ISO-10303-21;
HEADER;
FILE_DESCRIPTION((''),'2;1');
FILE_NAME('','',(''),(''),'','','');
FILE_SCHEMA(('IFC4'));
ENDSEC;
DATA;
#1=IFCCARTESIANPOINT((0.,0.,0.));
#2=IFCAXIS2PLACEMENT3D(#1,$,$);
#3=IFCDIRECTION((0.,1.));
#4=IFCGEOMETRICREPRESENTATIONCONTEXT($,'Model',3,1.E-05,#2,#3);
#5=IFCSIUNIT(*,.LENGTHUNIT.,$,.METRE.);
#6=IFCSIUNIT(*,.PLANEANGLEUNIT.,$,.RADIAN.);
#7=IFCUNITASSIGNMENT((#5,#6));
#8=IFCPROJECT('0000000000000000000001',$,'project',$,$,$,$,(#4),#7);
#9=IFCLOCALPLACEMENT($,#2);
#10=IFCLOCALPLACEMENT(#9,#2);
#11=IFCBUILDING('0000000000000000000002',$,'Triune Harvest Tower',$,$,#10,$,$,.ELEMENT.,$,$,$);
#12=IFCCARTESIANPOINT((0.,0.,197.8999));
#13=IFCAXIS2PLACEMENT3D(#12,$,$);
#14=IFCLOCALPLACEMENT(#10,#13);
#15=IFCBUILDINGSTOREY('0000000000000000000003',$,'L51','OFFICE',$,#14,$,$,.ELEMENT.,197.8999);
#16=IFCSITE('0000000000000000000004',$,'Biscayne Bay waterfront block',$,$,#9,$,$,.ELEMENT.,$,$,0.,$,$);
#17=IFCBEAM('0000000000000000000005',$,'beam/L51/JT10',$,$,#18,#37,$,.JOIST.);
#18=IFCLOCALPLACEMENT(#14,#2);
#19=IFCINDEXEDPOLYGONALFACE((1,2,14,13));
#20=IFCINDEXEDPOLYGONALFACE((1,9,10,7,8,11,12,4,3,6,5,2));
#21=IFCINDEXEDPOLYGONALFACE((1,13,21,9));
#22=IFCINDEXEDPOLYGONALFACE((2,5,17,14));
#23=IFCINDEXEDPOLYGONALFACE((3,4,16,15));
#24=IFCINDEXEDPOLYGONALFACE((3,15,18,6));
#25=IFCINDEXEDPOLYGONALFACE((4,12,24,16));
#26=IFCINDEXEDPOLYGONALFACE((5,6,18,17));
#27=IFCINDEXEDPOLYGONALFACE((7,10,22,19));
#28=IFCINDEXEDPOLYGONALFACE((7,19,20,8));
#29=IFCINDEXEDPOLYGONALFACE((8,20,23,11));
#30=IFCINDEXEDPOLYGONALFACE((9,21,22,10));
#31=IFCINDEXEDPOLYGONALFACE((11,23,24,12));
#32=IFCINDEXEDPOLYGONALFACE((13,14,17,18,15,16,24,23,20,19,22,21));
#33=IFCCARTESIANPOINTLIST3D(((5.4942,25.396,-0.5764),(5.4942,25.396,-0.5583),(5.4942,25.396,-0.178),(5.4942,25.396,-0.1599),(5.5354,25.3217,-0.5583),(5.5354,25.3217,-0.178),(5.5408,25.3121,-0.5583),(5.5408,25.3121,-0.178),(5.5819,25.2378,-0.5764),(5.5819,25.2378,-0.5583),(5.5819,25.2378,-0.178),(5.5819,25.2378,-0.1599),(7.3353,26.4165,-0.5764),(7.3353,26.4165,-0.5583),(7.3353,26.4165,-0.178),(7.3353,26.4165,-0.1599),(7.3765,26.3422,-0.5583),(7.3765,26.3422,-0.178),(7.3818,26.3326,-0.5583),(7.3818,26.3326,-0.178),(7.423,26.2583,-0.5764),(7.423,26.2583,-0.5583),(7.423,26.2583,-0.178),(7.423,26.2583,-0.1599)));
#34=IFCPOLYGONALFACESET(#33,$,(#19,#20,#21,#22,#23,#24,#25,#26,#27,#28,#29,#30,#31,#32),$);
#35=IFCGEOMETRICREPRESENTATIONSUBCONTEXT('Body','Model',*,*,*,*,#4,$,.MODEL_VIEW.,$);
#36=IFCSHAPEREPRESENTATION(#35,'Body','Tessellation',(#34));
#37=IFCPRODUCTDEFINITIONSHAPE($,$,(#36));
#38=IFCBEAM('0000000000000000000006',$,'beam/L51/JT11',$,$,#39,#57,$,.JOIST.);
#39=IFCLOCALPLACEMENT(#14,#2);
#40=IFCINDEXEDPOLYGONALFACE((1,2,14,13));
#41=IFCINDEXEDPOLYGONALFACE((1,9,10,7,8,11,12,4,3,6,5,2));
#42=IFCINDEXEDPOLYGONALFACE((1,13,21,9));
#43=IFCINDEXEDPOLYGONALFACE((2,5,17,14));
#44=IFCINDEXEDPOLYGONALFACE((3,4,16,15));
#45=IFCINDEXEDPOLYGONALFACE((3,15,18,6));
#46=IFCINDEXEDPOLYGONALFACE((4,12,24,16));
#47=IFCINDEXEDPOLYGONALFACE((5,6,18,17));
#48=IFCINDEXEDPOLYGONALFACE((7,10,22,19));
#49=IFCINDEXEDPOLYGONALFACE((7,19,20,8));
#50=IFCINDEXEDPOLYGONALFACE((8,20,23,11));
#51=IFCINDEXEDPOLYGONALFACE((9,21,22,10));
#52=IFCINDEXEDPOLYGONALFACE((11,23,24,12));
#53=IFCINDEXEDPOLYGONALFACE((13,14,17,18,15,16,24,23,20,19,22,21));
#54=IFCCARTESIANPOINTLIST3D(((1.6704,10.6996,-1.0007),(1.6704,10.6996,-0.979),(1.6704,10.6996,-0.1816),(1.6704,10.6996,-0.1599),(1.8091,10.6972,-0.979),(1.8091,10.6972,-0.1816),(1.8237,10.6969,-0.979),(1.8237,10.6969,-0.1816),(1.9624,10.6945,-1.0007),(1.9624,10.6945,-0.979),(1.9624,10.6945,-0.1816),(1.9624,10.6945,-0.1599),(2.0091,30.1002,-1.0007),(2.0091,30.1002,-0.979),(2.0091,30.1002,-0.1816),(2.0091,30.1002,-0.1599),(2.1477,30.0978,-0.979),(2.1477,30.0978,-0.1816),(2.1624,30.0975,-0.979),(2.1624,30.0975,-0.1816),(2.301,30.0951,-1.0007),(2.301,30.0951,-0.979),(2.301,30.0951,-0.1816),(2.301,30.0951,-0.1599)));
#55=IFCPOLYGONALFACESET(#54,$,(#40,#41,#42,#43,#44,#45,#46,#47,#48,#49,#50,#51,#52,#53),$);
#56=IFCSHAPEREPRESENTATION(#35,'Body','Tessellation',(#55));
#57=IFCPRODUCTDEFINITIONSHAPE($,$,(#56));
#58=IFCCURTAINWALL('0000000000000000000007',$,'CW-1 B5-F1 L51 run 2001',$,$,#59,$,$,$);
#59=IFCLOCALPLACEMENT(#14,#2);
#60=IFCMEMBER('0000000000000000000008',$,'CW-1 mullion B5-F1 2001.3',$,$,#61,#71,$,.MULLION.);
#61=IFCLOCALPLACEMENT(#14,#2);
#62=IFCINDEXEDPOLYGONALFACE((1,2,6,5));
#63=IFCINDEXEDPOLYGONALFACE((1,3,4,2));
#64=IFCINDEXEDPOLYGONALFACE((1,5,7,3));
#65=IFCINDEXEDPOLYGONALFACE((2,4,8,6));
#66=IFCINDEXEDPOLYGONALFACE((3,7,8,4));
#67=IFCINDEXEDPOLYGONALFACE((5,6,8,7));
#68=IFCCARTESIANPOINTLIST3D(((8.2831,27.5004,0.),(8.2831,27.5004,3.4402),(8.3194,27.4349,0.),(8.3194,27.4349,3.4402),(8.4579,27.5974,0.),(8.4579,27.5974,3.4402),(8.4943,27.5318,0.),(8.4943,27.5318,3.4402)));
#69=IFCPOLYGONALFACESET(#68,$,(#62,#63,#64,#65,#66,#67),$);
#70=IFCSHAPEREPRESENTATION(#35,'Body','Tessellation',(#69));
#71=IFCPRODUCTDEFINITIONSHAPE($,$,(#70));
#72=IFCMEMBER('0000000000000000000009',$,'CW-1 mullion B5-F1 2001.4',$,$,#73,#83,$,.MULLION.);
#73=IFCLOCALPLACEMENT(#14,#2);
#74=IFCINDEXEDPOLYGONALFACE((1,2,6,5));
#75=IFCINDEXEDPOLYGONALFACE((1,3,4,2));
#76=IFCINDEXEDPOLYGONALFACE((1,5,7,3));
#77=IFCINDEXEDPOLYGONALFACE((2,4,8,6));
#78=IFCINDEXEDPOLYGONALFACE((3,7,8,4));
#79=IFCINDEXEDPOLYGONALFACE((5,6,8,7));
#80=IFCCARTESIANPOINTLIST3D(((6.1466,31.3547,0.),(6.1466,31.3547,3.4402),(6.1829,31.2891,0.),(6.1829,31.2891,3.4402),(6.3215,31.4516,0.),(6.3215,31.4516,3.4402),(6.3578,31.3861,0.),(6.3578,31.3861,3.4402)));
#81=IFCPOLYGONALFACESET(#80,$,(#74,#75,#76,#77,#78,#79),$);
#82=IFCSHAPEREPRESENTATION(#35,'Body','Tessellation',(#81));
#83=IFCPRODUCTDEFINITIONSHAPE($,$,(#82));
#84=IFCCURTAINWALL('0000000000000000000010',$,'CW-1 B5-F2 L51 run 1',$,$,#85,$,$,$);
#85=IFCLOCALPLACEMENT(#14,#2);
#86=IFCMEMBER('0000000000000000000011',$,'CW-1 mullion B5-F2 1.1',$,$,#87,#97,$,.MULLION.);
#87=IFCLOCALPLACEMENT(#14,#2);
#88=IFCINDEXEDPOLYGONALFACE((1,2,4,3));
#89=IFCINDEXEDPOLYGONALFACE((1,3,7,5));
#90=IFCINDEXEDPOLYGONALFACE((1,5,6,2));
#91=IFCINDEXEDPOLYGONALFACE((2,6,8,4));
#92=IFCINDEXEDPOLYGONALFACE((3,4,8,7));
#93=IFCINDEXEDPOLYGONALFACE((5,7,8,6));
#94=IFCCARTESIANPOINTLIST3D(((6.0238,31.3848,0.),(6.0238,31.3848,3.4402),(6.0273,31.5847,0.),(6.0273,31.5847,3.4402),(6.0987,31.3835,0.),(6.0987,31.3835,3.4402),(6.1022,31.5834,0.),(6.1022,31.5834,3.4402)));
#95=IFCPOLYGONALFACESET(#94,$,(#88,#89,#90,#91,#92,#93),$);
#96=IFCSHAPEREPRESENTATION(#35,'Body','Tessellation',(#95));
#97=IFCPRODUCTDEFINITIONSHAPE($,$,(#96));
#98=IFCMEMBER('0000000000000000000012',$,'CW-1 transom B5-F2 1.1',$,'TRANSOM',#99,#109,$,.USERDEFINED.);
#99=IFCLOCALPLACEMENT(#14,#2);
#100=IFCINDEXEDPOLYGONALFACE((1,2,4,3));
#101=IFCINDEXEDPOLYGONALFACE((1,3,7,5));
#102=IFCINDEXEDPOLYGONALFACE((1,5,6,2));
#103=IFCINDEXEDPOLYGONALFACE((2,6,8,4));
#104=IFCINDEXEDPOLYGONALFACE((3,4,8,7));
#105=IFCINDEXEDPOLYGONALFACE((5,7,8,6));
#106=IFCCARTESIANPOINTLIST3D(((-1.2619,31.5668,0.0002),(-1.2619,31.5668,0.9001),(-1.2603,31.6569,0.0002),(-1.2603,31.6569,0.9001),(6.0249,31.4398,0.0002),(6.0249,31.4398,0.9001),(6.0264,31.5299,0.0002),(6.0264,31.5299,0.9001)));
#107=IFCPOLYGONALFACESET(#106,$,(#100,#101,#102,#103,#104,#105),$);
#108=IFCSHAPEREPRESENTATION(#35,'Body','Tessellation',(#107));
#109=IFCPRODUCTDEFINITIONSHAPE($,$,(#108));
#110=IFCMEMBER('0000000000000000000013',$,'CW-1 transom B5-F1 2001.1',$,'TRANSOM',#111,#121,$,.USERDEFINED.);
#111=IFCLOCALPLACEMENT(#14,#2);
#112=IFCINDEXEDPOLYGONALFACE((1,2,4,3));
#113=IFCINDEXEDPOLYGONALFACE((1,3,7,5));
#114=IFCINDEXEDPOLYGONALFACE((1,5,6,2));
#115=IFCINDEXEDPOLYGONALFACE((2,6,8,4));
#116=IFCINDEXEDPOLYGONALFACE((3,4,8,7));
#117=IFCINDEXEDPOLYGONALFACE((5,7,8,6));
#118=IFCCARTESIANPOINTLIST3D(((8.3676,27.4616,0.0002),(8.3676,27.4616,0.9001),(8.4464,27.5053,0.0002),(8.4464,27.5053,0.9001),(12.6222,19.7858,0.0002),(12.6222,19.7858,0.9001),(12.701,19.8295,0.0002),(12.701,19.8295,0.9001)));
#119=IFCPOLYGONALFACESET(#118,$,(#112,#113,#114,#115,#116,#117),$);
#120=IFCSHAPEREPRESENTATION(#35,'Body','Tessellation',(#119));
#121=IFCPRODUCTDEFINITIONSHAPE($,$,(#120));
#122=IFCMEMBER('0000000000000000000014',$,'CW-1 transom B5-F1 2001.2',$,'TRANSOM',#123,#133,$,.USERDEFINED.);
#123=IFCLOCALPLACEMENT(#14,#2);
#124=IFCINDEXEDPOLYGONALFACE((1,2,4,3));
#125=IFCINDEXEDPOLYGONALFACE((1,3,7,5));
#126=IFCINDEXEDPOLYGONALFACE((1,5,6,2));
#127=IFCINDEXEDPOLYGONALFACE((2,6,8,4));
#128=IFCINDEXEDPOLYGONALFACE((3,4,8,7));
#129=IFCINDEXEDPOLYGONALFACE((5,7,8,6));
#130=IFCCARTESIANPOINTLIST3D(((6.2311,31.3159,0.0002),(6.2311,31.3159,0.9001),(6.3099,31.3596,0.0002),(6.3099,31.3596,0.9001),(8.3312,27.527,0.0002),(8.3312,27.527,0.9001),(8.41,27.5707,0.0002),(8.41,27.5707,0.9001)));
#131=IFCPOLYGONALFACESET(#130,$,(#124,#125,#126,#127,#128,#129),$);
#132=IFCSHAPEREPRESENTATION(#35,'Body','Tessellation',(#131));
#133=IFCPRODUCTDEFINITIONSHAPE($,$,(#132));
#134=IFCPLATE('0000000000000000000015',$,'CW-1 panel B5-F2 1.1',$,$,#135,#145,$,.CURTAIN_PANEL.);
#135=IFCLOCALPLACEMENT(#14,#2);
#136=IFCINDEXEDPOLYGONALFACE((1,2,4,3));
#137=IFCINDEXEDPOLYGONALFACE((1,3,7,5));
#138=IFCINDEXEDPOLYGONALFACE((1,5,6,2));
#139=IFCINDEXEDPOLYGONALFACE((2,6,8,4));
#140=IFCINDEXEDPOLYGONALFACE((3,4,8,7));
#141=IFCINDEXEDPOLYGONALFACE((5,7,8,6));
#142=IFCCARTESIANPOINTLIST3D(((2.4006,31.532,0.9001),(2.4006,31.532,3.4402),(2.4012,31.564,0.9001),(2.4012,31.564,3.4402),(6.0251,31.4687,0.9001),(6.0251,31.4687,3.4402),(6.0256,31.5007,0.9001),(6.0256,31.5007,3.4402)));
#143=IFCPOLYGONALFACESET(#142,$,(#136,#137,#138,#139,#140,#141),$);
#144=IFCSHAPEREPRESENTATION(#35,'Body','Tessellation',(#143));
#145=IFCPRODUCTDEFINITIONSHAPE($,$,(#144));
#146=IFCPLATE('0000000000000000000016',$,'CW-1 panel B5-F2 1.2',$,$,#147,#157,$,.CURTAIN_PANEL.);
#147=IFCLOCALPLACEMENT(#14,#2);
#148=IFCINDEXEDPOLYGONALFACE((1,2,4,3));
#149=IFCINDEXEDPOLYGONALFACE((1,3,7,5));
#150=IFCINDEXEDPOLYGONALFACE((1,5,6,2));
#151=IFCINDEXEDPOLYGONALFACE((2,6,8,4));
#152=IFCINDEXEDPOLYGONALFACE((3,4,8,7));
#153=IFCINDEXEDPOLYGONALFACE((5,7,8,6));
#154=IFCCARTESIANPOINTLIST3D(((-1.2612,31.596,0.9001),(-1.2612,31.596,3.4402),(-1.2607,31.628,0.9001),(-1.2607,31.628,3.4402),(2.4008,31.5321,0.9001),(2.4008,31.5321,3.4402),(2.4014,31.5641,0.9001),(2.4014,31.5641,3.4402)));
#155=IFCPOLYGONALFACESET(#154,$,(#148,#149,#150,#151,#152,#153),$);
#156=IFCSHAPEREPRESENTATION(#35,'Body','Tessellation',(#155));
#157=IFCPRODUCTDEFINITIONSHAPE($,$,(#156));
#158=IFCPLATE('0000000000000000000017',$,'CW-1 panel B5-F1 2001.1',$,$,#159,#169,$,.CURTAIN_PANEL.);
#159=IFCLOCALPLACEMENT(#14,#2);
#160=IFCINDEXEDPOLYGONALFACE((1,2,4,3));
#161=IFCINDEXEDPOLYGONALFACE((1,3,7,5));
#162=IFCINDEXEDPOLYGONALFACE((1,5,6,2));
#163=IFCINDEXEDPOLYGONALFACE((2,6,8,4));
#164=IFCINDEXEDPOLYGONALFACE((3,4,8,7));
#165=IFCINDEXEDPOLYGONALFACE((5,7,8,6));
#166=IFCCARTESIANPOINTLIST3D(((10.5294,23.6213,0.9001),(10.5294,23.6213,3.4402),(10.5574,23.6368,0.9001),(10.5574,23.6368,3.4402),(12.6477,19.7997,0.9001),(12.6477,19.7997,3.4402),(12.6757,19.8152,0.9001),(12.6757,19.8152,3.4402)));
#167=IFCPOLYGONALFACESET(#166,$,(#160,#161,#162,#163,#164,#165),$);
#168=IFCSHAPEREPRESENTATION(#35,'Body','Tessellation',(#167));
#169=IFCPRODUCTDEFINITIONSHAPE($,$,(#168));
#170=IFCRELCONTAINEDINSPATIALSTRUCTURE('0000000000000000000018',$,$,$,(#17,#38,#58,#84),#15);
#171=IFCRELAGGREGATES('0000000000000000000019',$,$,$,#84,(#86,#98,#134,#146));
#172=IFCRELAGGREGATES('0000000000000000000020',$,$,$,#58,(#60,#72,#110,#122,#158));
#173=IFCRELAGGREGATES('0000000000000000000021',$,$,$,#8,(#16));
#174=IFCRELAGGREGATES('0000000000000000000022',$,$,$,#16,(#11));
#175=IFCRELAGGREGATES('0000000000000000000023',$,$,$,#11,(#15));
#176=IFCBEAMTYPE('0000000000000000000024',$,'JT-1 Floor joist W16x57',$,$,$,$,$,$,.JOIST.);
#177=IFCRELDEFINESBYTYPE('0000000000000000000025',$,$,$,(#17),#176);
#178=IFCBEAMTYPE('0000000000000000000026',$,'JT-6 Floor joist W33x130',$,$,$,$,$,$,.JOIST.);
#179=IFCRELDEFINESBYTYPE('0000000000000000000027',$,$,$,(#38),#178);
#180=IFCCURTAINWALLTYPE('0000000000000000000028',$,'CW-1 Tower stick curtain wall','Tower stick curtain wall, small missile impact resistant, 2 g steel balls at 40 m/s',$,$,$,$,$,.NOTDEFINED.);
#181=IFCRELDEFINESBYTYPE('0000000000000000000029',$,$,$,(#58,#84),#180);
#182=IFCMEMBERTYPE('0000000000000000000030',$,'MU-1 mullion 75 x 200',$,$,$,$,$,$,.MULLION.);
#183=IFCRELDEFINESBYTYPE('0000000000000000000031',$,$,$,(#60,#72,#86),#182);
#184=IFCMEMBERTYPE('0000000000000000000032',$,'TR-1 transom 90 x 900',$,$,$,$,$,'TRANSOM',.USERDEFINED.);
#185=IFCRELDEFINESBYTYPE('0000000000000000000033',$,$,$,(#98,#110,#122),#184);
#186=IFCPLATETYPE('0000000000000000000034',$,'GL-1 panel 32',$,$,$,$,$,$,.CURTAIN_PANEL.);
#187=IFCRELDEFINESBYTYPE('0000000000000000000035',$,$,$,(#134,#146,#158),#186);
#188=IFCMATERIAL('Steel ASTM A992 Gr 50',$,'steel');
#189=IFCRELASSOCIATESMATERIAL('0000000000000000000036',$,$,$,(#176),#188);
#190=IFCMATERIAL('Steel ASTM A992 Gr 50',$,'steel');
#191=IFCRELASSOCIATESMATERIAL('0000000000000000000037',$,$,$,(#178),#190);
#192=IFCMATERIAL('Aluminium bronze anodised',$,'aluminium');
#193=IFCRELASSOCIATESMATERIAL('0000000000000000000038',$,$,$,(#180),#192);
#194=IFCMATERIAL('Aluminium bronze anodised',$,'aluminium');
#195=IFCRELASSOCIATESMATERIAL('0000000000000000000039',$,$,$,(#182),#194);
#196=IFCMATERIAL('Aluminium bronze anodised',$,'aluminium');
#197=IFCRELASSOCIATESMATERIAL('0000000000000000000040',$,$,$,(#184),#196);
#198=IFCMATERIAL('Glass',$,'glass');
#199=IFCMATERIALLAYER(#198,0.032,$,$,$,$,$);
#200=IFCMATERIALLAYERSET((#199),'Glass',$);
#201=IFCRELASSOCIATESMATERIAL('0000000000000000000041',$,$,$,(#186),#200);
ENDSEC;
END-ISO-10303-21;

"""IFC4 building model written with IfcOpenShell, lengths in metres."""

from ifc_helpers import new_model, si_unit, direction, frame, origin, origin_2d, place, context, subcontext, project, spatial, rectangle, i_section, extrude, source, transform, mapped, material, layer, layer_set, material_profile, profile_set, type_object, element, aggregate, save


model = new_model("IFC4")

# Units and contexts
model_context = context("Model", 3, precision=1e-05, world=origin(), true_north=direction((0.0, 1.0)))
body_context = subcontext(model_context, "Body", "Model", "MODEL_VIEW")
ifc_project = project(units=[si_unit("LENGTHUNIT", "METRE"), si_unit("PLANEANGLEUNIT", "RADIAN")], contexts=[model_context])

# Site, building, storey
site_placement = place(None, origin())
site = spatial("IfcSite", under=ifc_project, at=site_placement, Name="Biscayne Bay waterfront block", CompositionType="ELEMENT", RefElevation=0.0)
building_placement = place(site_placement, origin())
building = spatial("IfcBuilding", under=site, at=building_placement, Name="Triune Harvest Tower", CompositionType="ELEMENT")
storey_placement = place(building_placement, frame((0.0, 0.0, 197.8999)))
storey = spatial("IfcBuildingStorey", under=building, at=storey_placement, Name="L51", Description="OFFICE", CompositionType="ELEMENT", Elevation=197.8999)

# Beams
ifc_material_1 = material(Name="Steel ASTM A992 Gr 50", Category="steel")
ifc_material_profile_1 = material_profile(ifc_material_1, i_section(OverallWidth=0.1809, OverallDepth=0.4165, WebThickness=0.011, FlangeThickness=0.0181, at=origin_2d()), Name="W16x57")
ifc_profile_set_1 = profile_set([ifc_material_profile_1], Name="Steel ASTM A992 Gr 50")
beam_type_1 = type_object("IfcBeamType", Name="JT-1 Floor joist W16x57", PredefinedType="JOIST", material=ifc_profile_set_1)
shared_shape_1 = source(origin(), body_context, "Body", "SweptSolid", [
    extrude(i_section(OverallWidth=0.1809, OverallDepth=0.4165, WebThickness=0.011, FlangeThickness=0.0181, at=origin_2d()), origin(), (0.0, 0.0, 1.0), 2.105),
])
beam_1_placement = place(storey_placement, frame((7.3792, 26.3374, -0.3682), z_axis=(-0.874622, -0.484806, 0.0), x_axis=(0.484806, -0.874622, 0.0)))
element("IfcBeam", 1, at=beam_1_placement, inside=storey, type_object=beam_type_1, Name="beam/L51/JT10", PredefinedType="JOIST", context=body_context, shape_type="MappedRepresentation", body=[
    mapped(shared_shape_1, transform((0.0, 0.0, 0.0), scale=1.0)),
])
ifc_material_2 = material(Name="Steel ASTM A992 Gr 50", Category="steel")
ifc_material_profile_2 = material_profile(ifc_material_2, i_section(OverallWidth=0.292, OverallDepth=0.8408, WebThickness=0.0146, FlangeThickness=0.0217, at=origin_2d()), Name="W33x130")
ifc_profile_set_2 = profile_set([ifc_material_profile_2], Name="Steel ASTM A992 Gr 50")
beam_type_2 = type_object("IfcBeamType", Name="JT-6 Floor joist W33x130", PredefinedType="JOIST", material=ifc_profile_set_2)
shared_shape_2 = source(origin(), body_context, "Body", "SweptSolid", [
    extrude(i_section(OverallWidth=0.292, OverallDepth=0.8408, WebThickness=0.0146, FlangeThickness=0.0217, at=origin_2d()), origin(), (0.0, 0.0, 1.0), 19.4036),
])
beam_2_placement = place(storey_placement, frame((2.155, 30.0977, -0.5803), z_axis=(-0.017452, -0.999848, 0.0), x_axis=(0.999848, -0.017452, 0.0)))
element("IfcBeam", 2, at=beam_2_placement, inside=storey, type_object=beam_type_2, Name="beam/L51/JT11", PredefinedType="JOIST", context=body_context, shape_type="MappedRepresentation", body=[
    mapped(shared_shape_2, transform((0.0, 0.0, 0.0), scale=1.0)),
])

# Curtain walls, members
ifc_material_3 = material(Name="Aluminium bronze anodised", Category="aluminium")
curtain_wall_type = type_object("IfcCurtainWallType", Name="CW-1 Tower stick curtain wall", Description="Tower stick curtain wall, small missile impact resistant, 2 g steel balls at 40 m/s", PredefinedType="NOTDEFINED", material=ifc_material_3)
curtain_wall_1_placement = place(storey_placement, origin())
curtain_wall_1 = element("IfcCurtainWall", 3, at=curtain_wall_1_placement, inside=storey, type_object=curtain_wall_type, Name="CW-1 B5-F1 L51 run 2001")
ifc_material_4 = material(Name="Aluminium bronze anodised", Category="aluminium")
ifc_material_profile_3 = material_profile(ifc_material_4, rectangle(XDim=0.2, YDim=0.075, at=origin_2d()), Name="MU-1 mullion 75 x 200")
ifc_profile_set_3 = profile_set([ifc_material_profile_3], Name="Aluminium bronze anodised")
member_type_1 = type_object("IfcMemberType", Name="MU-1 mullion 75 x 200", PredefinedType="MULLION", material=ifc_profile_set_3)
shared_shape_3 = source(origin(), body_context, "Body", "SweptSolid", [
    extrude(rectangle(XDim=0.2, YDim=0.075, at=origin_2d()), origin(), (0.0, 0.0, 1.0), 3.4402),
])
member_1_placement = place(storey_placement, frame((8.3887, 27.5161, 0.0), z_axis=(0.0, 0.0, 1.0), x_axis=(-0.874621, -0.484808, 0.0)))
member_1 = element("IfcMember", 4, at=member_1_placement, type_object=member_type_1, Name="CW-1 mullion B5-F1 2001.3", PredefinedType="MULLION", context=body_context, shape_type="MappedRepresentation", body=[
    mapped(shared_shape_3, transform((0.0, 0.0, 0.0), scale=1.0)),
])
member_2_placement = place(storey_placement, frame((6.2522, 31.3704, 0.0), z_axis=(0.0, 0.0, 1.0), x_axis=(-0.874621, -0.484808, 0.0)))
member_2 = element("IfcMember", 5, at=member_2_placement, type_object=member_type_1, Name="CW-1 mullion B5-F1 2001.4", PredefinedType="MULLION", context=body_context, shape_type="MappedRepresentation", body=[
    mapped(shared_shape_3, transform((0.0, 0.0, 0.0), scale=1.0)),
])
curtain_wall_2_placement = place(storey_placement, origin())
curtain_wall_2 = element("IfcCurtainWall", 6, at=curtain_wall_2_placement, inside=storey, type_object=curtain_wall_type, Name="CW-1 B5-F2 L51 run 1")
member_3_placement = place(storey_placement, frame((6.063, 31.4841, 0.0), z_axis=(0.0, 0.0, 1.0), x_axis=(-0.017446, -0.999848, 0.0)))
member_3 = element("IfcMember", 7, at=member_3_placement, type_object=member_type_1, Name="CW-1 mullion B5-F2 1.1", PredefinedType="MULLION", context=body_context, shape_type="MappedRepresentation", body=[
    mapped(shared_shape_3, transform((0.0, 0.0, 0.0), scale=1.0)),
])
ifc_material_5 = material(Name="Aluminium bronze anodised", Category="aluminium")
ifc_material_profile_4 = material_profile(ifc_material_5, rectangle(XDim=0.0901, YDim=0.8999, at=origin_2d()), Name="TR-1 transom 90 x 900")
ifc_profile_set_4 = profile_set([ifc_material_profile_4], Name="Aluminium bronze anodised")
member_type_2 = type_object("IfcMemberType", Name="TR-1 transom 90 x 900", ElementType="TRANSOM", PredefinedType="USERDEFINED", material=ifc_profile_set_4)
shared_shape_4 = source(origin(), body_context, "Body", "SweptSolid", [
    extrude(rectangle(XDim=0.0901, YDim=0.8999, at=origin_2d()), origin(), (0.0, 0.0, 1.0), 7.2878),
])
member_4_placement = place(storey_placement, frame((6.0256, 31.4849, 0.4502), z_axis=(-0.999848, 0.01742, 0.0), x_axis=(-0.01742, -0.999848, 0.0)))
member_4 = element("IfcMember", 8, at=member_4_placement, type_object=member_type_2, Name="CW-1 transom B5-F2 1.1", ObjectType="TRANSOM", PredefinedType="USERDEFINED", context=body_context, shape_type="MappedRepresentation", body=[
    mapped(shared_shape_4, transform((0.0, 0.0, 0.0), scale=1.0)),
])

# Members
shared_shape_5 = source(origin(), body_context, "Body", "SweptSolid", [
    extrude(rectangle(XDim=0.0901, YDim=0.8999, at=origin_2d()), origin(), (0.0, 0.0, 1.0), 8.7761),
])
member_5_placement = place(storey_placement, frame((12.6616, 19.8076, 0.4502), z_axis=(-0.484799, 0.874625, 0.0), x_axis=(-0.874625, -0.484799, 0.0)))
member_5 = element("IfcMember", 9, at=member_5_placement, type_object=member_type_2, Name="CW-1 transom B5-F1 2001.1", ObjectType="TRANSOM", PredefinedType="USERDEFINED", context=body_context, shape_type="MappedRepresentation", body=[
    mapped(shared_shape_5, transform((0.0, 0.0, 0.0), scale=1.0)),
])
shared_shape_6 = source(origin(), body_context, "Body", "SweptSolid", [
    extrude(rectangle(XDim=0.0901, YDim=0.8999, at=origin_2d()), origin(), (0.0, 0.0, 1.0), 4.332),
])
member_6_placement = place(storey_placement, frame((8.3706, 27.5488, 0.4502), z_axis=(-0.484796, 0.874627, 0.0), x_axis=(-0.874627, -0.484796, 0.0)))
member_6 = element("IfcMember", 10, at=member_6_placement, type_object=member_type_2, Name="CW-1 transom B5-F1 2001.2", ObjectType="TRANSOM", PredefinedType="USERDEFINED", context=body_context, shape_type="MappedRepresentation", body=[
    mapped(shared_shape_6, transform((0.0, 0.0, 0.0), scale=1.0)),
])

# Plates
ifc_material_6 = material(Name="Glass", Category="glass")
ifc_layer_1 = layer(ifc_material_6, 0.032)
ifc_layer_set_1 = layer_set([ifc_layer_1], Name="Glass")
plate_type = type_object("IfcPlateType", Name="GL-1 panel 32", PredefinedType="CURTAIN_PANEL", material=ifc_layer_set_1)
shared_shape_7 = source(origin(), body_context, "Body", "SweptSolid", [
    extrude(rectangle(XDim=3.625, YDim=0.032, at=origin_2d()), origin(), (0.0, 0.0, 1.0), 2.54),
])
plate_1_placement = place(storey_placement, frame((4.2131, 31.5164, 0.9001), z_axis=(0.0, 0.0, 1.0), x_axis=(-0.999848, 0.017446, 0.0)))
plate_1 = element("IfcPlate", 11, at=plate_1_placement, type_object=plate_type, Name="CW-1 panel B5-F2 1.1", PredefinedType="CURTAIN_PANEL", context=body_context, shape_type="MappedRepresentation", body=[
    mapped(shared_shape_7, transform((0.0, 0.0, 0.0), scale=1.0)),
])
shared_shape_8 = source(origin(), body_context, "Body", "SweptSolid", [
    extrude(rectangle(XDim=3.6626, YDim=0.032, at=origin_2d()), origin(), (0.0, 0.0, 1.0), 2.54),
])
plate_2_placement = place(storey_placement, frame((0.5701, 31.5801, 0.9001), z_axis=(0.0, 0.0, 1.0), x_axis=(-0.999848, 0.017446, 0.0)))
plate_2 = element("IfcPlate", 12, at=plate_2_placement, type_object=plate_type, Name="CW-1 panel B5-F2 1.2", PredefinedType="CURTAIN_PANEL", context=body_context, shape_type="MappedRepresentation", body=[
    mapped(shared_shape_8, transform((0.0, 0.0, 0.0), scale=1.0)),
])
aggregate(curtain_wall_2, [member_3, member_4, plate_1, plate_2])
shared_shape_9 = source(origin(), body_context, "Body", "SweptSolid", [
    extrude(rectangle(XDim=4.3694, YDim=0.032, at=origin_2d()), origin(), (0.0, 0.0, 1.0), 2.54),
])
plate_3_placement = place(storey_placement, frame((11.6025, 21.7183, 0.9001), z_axis=(0.0, 0.0, 1.0), x_axis=(-0.484808, 0.874621, 0.0)))
plate_3 = element("IfcPlate", 13, at=plate_3_placement, type_object=plate_type, Name="CW-1 panel B5-F1 2001.1", PredefinedType="CURTAIN_PANEL", context=body_context, shape_type="MappedRepresentation", body=[
    mapped(shared_shape_9, transform((0.0, 0.0, 0.0), scale=1.0)),
])
aggregate(curtain_wall_1, [member_1, member_2, member_5, member_6, plate_3])

save(model, "model.ifc")
